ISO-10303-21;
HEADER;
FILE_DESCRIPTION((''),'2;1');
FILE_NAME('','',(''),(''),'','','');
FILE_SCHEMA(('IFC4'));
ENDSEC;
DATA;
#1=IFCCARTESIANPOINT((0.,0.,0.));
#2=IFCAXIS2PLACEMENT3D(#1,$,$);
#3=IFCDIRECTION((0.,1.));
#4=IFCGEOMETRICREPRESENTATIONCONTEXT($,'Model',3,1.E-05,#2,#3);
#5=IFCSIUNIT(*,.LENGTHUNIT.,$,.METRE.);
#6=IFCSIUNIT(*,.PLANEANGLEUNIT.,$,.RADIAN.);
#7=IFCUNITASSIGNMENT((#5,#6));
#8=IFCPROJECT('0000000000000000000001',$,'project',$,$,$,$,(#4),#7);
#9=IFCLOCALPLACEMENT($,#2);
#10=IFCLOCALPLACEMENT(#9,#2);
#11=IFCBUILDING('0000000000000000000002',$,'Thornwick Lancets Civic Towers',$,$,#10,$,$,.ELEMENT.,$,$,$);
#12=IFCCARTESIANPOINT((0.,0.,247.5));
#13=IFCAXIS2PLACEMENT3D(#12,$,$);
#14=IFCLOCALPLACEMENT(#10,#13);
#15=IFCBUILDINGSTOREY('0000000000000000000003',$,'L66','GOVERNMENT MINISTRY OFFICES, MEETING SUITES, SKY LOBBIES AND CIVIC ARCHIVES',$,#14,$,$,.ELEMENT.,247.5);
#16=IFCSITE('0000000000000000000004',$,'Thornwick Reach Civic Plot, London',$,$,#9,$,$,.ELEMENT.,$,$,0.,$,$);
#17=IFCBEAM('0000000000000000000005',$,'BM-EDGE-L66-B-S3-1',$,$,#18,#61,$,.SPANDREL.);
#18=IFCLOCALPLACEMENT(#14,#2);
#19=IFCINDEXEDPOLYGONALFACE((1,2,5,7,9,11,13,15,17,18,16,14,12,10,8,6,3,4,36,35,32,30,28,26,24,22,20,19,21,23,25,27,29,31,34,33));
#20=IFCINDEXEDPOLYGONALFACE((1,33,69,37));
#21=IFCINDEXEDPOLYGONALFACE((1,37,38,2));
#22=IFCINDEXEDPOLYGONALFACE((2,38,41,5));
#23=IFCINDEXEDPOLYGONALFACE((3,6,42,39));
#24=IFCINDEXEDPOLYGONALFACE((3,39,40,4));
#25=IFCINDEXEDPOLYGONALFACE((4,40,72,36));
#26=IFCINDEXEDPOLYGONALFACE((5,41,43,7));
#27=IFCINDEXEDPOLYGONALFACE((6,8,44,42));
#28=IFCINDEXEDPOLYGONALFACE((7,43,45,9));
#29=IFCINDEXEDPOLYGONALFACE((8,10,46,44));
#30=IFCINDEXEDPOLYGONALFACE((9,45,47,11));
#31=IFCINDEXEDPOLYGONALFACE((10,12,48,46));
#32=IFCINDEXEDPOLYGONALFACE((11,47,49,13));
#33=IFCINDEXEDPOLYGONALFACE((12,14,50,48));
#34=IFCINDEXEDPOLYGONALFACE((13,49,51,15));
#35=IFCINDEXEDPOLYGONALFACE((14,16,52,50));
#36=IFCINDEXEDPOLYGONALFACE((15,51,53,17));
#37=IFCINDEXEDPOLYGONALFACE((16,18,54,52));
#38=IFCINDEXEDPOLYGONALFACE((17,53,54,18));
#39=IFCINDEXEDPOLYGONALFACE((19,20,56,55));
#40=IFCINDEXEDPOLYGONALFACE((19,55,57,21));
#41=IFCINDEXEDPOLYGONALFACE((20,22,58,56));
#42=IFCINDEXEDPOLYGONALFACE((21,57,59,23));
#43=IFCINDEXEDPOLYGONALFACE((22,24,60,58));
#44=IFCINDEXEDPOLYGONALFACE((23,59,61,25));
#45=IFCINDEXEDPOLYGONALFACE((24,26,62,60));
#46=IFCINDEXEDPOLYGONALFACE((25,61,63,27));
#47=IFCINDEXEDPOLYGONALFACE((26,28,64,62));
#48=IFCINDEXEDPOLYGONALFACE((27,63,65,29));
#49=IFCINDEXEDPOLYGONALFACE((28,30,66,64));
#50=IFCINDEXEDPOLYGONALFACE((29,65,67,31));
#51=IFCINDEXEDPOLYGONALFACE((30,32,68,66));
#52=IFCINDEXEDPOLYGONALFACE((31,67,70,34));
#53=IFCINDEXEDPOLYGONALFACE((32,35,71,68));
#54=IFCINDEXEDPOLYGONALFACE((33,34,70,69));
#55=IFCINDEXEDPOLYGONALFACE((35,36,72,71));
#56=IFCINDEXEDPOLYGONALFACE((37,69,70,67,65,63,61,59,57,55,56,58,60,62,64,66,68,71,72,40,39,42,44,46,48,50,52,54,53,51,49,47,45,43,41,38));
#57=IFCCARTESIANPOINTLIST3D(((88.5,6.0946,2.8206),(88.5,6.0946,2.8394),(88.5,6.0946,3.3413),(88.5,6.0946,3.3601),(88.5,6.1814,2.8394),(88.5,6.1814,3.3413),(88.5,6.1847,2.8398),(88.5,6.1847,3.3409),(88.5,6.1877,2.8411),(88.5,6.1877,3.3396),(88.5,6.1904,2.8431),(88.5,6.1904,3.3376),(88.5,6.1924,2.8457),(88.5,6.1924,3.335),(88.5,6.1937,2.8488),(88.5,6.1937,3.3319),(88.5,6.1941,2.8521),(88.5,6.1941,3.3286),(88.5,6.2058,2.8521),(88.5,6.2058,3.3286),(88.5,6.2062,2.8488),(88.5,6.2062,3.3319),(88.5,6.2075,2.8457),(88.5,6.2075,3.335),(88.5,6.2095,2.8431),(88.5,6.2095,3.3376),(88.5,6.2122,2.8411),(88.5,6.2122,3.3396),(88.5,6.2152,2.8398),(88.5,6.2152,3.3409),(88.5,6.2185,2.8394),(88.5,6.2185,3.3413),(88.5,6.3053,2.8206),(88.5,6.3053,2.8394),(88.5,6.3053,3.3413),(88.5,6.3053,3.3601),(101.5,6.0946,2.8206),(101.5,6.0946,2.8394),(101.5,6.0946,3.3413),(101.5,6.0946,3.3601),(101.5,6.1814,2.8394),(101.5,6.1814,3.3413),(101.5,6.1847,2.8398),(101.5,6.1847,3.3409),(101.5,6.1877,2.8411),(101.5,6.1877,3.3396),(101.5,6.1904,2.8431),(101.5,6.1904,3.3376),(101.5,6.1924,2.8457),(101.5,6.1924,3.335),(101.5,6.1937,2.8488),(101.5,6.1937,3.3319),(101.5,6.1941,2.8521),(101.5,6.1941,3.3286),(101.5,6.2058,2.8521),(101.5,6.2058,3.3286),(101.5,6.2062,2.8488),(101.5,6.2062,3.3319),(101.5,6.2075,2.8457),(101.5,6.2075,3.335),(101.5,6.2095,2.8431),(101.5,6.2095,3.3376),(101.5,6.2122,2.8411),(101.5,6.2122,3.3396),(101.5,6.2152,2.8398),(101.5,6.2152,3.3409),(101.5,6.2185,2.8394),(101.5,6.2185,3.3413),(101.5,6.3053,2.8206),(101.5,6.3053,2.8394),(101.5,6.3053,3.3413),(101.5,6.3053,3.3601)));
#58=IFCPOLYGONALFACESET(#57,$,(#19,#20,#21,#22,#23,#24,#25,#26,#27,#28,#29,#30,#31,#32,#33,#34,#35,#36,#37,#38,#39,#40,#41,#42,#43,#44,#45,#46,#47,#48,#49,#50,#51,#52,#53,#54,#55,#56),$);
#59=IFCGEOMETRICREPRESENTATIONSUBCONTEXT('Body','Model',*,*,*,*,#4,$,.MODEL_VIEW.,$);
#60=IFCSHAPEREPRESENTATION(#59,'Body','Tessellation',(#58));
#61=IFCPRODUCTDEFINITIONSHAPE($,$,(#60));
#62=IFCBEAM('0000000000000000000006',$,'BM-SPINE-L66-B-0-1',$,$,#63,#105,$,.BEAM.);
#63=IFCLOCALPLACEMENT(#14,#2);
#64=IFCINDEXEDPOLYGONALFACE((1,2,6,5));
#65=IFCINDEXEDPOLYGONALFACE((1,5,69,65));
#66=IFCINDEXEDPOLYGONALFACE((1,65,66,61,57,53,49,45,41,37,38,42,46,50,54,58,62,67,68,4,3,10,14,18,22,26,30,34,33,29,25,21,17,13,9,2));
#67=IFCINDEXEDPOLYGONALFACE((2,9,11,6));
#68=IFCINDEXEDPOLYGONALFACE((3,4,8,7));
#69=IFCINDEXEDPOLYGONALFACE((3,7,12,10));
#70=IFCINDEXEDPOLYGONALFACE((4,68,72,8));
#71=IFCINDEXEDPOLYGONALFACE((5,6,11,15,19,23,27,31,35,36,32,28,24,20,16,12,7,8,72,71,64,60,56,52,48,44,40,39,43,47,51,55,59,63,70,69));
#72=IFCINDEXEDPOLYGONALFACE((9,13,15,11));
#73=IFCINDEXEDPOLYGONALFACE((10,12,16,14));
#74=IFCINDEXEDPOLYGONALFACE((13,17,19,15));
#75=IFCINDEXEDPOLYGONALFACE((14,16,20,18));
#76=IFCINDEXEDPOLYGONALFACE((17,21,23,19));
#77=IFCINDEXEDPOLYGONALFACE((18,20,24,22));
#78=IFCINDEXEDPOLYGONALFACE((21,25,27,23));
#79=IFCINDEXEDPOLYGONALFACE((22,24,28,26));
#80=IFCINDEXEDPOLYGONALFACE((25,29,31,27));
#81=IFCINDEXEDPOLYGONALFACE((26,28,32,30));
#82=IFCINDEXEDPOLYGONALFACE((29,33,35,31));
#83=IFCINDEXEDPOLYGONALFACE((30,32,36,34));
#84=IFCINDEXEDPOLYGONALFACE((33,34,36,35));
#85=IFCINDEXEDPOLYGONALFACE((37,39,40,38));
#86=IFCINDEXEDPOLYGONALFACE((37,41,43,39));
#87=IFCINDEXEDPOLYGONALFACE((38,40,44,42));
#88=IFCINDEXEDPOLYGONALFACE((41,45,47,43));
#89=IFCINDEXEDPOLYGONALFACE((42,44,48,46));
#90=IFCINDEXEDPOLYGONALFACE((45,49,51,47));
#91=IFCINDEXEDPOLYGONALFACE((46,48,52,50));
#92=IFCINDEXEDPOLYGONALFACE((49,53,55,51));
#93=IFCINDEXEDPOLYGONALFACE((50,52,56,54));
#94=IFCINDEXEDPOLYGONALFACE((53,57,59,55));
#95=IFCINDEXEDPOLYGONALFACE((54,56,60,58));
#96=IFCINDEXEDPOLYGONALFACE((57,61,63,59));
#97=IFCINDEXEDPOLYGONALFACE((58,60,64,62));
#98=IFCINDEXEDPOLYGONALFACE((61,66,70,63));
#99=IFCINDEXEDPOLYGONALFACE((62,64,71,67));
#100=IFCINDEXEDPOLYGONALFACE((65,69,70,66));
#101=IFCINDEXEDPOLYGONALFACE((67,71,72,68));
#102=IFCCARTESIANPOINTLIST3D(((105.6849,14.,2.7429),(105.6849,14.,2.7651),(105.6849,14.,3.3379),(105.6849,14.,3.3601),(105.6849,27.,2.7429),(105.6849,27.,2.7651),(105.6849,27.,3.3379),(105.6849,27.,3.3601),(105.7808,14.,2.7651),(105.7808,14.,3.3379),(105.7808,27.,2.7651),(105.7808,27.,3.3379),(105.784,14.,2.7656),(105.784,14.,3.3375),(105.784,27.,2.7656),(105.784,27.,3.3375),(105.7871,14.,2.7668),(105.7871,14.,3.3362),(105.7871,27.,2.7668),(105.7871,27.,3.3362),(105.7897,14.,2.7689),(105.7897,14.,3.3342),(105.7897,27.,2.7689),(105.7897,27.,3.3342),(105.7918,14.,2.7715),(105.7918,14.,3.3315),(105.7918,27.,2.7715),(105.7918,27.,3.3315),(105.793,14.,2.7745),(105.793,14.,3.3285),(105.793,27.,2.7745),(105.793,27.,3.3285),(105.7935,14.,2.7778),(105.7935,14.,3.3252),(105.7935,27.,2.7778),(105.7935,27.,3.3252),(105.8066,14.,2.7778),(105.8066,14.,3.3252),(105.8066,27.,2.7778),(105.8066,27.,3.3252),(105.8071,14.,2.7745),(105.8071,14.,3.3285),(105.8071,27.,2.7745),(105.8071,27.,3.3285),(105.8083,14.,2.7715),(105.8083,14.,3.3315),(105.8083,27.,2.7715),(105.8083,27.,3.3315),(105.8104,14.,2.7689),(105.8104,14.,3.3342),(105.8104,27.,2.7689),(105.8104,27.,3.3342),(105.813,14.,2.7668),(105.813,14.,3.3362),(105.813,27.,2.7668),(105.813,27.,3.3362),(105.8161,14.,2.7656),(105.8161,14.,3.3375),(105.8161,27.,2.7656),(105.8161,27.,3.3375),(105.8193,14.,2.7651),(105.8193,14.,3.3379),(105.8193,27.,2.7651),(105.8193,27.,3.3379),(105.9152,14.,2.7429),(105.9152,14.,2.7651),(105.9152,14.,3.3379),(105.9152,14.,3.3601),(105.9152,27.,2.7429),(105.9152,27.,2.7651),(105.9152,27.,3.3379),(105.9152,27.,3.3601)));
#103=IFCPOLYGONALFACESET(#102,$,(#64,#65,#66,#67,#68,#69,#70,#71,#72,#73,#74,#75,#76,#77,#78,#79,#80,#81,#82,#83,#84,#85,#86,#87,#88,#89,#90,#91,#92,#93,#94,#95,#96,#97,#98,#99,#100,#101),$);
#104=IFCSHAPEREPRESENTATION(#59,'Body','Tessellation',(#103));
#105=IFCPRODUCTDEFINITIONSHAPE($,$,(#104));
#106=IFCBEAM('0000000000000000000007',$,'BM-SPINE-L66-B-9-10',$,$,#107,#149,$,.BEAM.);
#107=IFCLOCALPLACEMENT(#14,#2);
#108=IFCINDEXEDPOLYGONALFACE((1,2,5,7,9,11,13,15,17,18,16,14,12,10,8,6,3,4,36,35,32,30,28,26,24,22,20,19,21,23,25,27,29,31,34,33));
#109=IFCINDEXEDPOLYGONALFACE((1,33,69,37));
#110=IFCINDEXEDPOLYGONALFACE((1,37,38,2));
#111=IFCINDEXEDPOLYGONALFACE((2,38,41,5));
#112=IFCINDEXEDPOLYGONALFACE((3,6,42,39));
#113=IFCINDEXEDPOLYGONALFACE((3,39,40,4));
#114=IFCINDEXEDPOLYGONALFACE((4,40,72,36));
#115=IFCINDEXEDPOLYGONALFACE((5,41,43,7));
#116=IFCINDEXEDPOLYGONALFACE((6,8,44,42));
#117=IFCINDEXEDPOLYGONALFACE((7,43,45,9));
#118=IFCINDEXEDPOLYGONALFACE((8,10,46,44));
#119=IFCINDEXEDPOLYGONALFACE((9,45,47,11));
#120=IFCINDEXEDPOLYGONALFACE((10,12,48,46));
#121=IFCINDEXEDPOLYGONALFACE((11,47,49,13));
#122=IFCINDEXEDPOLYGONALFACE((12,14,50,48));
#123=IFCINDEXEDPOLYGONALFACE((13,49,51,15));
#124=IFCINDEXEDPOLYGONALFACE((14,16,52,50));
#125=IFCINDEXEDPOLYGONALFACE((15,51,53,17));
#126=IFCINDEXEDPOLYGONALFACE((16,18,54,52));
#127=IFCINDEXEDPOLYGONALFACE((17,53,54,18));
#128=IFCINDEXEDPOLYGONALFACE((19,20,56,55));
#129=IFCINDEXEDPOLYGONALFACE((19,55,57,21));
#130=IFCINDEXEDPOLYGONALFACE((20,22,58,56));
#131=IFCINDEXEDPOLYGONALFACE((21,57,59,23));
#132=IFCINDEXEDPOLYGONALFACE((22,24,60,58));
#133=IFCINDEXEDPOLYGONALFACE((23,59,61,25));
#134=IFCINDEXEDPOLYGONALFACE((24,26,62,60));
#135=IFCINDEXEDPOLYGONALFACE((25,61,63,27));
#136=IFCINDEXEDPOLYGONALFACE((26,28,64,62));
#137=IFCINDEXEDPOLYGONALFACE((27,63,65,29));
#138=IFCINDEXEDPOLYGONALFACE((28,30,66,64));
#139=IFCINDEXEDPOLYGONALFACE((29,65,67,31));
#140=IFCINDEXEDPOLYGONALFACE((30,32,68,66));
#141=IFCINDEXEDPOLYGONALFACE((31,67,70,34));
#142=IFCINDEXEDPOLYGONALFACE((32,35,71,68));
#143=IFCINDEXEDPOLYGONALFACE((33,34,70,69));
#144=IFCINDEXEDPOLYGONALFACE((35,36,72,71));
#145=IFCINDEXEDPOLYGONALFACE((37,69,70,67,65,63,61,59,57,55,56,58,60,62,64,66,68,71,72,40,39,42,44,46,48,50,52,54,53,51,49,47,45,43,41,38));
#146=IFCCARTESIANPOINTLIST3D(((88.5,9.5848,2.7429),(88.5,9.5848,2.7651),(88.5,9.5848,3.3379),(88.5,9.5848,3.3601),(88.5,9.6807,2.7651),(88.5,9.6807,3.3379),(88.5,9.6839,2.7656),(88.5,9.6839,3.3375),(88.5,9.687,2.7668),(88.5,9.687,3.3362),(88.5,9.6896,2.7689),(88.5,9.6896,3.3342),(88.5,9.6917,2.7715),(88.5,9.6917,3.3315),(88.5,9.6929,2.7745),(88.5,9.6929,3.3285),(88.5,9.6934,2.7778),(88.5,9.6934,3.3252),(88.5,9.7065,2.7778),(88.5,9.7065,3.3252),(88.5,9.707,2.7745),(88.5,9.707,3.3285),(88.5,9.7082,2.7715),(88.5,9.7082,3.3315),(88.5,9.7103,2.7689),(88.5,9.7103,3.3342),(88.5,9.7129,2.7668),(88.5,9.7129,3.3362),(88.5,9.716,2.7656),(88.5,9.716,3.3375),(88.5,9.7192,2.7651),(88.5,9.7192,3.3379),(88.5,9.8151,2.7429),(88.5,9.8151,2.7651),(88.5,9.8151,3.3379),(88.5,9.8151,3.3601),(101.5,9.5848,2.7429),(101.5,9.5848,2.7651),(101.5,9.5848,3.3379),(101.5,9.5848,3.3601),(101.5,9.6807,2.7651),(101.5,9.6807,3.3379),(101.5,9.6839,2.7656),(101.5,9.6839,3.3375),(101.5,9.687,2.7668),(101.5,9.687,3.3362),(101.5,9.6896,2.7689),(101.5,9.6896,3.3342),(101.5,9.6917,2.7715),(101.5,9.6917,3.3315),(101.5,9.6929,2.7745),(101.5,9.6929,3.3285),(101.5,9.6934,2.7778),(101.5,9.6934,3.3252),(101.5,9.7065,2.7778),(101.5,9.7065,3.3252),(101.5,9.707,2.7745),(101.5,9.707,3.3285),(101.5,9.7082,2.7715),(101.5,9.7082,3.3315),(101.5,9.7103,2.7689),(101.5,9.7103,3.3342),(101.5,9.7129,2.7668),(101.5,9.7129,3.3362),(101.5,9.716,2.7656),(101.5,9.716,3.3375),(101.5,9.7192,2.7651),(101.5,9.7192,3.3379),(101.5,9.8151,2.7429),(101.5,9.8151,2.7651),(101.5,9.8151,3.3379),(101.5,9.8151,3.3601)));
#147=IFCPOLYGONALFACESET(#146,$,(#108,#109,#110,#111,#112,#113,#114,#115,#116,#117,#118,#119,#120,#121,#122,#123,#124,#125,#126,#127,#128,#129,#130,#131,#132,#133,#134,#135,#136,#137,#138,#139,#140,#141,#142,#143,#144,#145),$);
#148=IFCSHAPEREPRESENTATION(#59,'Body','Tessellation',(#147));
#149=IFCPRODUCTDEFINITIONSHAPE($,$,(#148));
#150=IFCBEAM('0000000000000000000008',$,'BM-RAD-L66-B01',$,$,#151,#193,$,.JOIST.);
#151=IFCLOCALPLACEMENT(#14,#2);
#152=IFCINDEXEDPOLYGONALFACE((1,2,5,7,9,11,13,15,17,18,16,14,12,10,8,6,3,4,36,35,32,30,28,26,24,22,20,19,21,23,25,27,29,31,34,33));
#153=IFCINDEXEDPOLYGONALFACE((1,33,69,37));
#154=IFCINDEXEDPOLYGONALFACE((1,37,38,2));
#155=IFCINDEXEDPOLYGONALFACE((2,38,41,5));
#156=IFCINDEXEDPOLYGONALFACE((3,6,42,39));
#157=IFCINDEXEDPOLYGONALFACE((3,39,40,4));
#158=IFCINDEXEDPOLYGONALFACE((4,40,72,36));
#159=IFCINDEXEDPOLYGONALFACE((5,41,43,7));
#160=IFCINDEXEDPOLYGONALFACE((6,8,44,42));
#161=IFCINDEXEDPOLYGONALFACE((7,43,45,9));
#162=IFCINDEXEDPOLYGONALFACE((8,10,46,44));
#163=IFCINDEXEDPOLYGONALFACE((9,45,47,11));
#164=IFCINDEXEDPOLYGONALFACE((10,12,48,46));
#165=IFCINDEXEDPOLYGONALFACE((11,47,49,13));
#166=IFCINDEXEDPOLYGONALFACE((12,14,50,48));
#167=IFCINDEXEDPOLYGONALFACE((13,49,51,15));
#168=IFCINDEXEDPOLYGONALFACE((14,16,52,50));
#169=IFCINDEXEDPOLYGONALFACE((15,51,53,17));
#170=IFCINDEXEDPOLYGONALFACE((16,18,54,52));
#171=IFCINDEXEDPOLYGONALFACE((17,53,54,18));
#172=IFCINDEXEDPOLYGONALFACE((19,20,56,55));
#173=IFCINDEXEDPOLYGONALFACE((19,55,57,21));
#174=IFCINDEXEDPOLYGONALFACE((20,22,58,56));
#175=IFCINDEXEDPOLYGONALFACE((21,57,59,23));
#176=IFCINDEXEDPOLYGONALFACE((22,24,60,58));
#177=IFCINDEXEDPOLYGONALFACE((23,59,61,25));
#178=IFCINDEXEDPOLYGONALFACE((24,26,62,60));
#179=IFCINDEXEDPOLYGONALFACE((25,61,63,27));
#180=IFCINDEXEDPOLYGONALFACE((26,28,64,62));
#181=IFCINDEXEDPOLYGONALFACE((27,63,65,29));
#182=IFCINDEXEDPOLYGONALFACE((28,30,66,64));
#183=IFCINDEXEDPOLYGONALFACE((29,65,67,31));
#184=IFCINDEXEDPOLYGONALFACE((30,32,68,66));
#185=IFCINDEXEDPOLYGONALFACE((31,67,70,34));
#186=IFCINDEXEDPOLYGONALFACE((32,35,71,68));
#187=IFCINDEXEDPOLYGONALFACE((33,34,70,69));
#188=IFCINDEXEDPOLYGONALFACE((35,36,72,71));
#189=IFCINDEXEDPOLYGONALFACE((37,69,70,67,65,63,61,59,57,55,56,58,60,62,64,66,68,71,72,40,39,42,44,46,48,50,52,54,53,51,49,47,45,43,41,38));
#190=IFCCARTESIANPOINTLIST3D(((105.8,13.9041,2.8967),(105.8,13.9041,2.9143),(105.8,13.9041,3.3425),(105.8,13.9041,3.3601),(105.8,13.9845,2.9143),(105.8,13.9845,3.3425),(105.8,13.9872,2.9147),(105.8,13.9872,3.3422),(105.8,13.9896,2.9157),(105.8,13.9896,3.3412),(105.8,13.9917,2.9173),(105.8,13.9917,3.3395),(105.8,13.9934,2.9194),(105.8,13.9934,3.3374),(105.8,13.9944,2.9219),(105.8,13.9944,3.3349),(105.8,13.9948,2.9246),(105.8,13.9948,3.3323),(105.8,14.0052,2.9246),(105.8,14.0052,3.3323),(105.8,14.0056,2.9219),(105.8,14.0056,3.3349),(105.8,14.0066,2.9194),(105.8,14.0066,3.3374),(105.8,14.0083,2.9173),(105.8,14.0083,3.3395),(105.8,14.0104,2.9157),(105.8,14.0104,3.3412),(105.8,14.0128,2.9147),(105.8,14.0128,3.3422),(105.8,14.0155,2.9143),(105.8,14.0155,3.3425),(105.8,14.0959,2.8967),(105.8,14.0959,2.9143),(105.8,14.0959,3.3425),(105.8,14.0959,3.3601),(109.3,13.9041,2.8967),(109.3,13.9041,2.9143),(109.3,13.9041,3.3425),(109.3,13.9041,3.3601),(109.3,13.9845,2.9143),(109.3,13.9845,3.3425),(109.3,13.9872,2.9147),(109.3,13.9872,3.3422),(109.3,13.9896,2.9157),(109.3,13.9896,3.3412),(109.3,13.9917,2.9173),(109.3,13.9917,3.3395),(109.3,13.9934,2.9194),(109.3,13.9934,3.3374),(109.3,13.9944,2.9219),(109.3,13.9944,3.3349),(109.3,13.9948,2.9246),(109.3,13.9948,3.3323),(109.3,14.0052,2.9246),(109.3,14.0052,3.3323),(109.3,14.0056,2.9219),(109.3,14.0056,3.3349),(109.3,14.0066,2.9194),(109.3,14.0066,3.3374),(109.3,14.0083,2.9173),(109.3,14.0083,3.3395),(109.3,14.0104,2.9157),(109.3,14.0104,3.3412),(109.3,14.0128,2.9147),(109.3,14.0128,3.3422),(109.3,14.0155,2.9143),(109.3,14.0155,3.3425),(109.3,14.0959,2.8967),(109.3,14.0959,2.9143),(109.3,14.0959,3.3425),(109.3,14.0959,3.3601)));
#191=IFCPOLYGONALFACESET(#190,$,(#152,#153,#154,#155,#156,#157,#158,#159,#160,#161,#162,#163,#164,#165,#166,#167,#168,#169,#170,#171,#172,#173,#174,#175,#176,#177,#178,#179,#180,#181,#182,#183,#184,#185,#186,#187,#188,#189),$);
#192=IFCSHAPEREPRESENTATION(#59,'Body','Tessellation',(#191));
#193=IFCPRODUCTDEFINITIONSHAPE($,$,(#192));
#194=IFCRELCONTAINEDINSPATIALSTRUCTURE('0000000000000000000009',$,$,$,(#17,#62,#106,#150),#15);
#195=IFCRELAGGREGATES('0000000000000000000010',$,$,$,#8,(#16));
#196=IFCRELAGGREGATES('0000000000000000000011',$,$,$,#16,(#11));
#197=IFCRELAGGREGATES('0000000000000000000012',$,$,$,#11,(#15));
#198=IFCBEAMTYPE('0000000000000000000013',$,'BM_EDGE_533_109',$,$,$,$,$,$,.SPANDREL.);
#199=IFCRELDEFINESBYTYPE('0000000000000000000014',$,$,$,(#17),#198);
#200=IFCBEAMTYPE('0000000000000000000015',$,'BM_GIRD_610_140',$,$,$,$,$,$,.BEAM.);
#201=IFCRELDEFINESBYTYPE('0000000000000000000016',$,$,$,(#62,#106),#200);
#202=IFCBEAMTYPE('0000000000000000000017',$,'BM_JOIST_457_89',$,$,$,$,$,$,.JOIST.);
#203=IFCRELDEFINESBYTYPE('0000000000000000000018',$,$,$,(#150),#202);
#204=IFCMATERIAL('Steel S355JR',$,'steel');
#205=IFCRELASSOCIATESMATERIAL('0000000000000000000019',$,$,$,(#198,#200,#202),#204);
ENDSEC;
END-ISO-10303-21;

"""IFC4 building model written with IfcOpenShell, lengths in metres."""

from ifc_helpers import new_model, si_unit, direction, frame, origin, origin_2d, place, context, subcontext, project, spatial, i_section, extrude, material, material_profile, profile_set, type_object, element, save


model = new_model("IFC4")

# Units and contexts
model_context = context("Model", 3, precision=1e-05, world=origin(), true_north=direction((0.0, 1.0)))
body_context = subcontext(model_context, "Body", "Model", "MODEL_VIEW")
ifc_project = project(units=[si_unit("LENGTHUNIT", "METRE"), si_unit("PLANEANGLEUNIT", "RADIAN")], contexts=[model_context])

# Site, building, storey
site_placement = place(None, origin())
site = spatial("IfcSite", under=ifc_project, at=site_placement, Name="Thornwick Reach Civic Plot, London", CompositionType="ELEMENT", RefElevation=0.0)
building_placement = place(site_placement, origin())
building = spatial("IfcBuilding", under=site, at=building_placement, Name="Thornwick Lancets Civic Towers", CompositionType="ELEMENT")
storey_placement = place(building_placement, frame((0.0, 0.0, 247.5)))
storey = spatial("IfcBuildingStorey", under=building, at=storey_placement, Name="L66", Description="GOVERNMENT MINISTRY OFFICES, MEETING SUITES, SKY LOBBIES AND CIVIC ARCHIVES", CompositionType="ELEMENT", Elevation=247.5)

# Shared definitions
ifc_material_1 = material(Name="Steel S355JR", Category="steel")

# Beams
ifc_material_profile_1 = material_profile(ifc_material_1, i_section(OverallWidth=0.2107, OverallDepth=0.5396, WebThickness=0.0117, FlangeThickness=0.0188, FilletRadius=0.0127, at=origin_2d()), Name="UKB 533x210x109")
ifc_profile_set_1 = profile_set([ifc_material_profile_1], Name="Steel S355JR")
beam_type_1 = type_object("IfcBeamType", Name="BM_EDGE_533_109", PredefinedType="SPANDREL", material=ifc_profile_set_1)
for number, where, z_axis, x_axis, name in (
    (1, (101.5, 6.2, 3.0903), (-1.0, 0.0, 0.0), (0.0, -1.0, 0.0), "BM-EDGE-L66-B-S3-1"),
):
    element("IfcBeam", number, at=place(storey_placement, frame(where, z_axis=z_axis, x_axis=x_axis)), inside=storey, type_object=beam_type_1, Name=name, PredefinedType="SPANDREL", context=body_context, shape_type="SweptSolid", body=[
        extrude(i_section(OverallWidth=0.2107, OverallDepth=0.5396, WebThickness=0.0117, FlangeThickness=0.0188, FilletRadius=0.0127, at=origin_2d()), origin(), (0.0, 0.0, 1.0), 13.0),
    ])
ifc_material_profile_2 = material_profile(ifc_material_1, i_section(OverallWidth=0.2302, OverallDepth=0.6172, WebThickness=0.0132, FlangeThickness=0.0222, FilletRadius=0.0127, at=origin_2d()), Name="UKB 610x229x140")
ifc_profile_set_2 = profile_set([ifc_material_profile_2], Name="Steel S355JR")
beam_type_2 = type_object("IfcBeamType", Name="BM_GIRD_610_140", PredefinedType="BEAM", material=ifc_profile_set_2)
for number, where, z_axis, x_axis, name in (
    (2, (105.8, 14.0, 3.0515), (0.0, 1.0, 0.0), (-1.0, 0.0, 0.0), "BM-SPINE-L66-B-0-1"),
    (3, (101.5, 9.7, 3.0515), (-1.0, 0.0, 0.0), (0.0, -1.0, 0.0), "BM-SPINE-L66-B-9-10"),
):
    element("IfcBeam", number, at=place(storey_placement, frame(where, z_axis=z_axis, x_axis=x_axis)), inside=storey, type_object=beam_type_2, Name=name, PredefinedType="BEAM", context=body_context, shape_type="SweptSolid", body=[
        extrude(i_section(OverallWidth=0.2302, OverallDepth=0.6172, WebThickness=0.0132, FlangeThickness=0.0222, FilletRadius=0.0127, at=origin_2d()), origin(), (0.0, 0.0, 1.0), 13.0),
    ])
ifc_material_profile_3 = material_profile(ifc_material_1, i_section(OverallWidth=0.1919, OverallDepth=0.4634, WebThickness=0.0105, FlangeThickness=0.0176, FilletRadius=0.0103, at=origin_2d()), Name="UKB 457x191x89")
ifc_profile_set_3 = profile_set([ifc_material_profile_3], Name="Steel S355JR")
beam_type_3 = type_object("IfcBeamType", Name="BM_JOIST_457_89", PredefinedType="JOIST", material=ifc_profile_set_3)
for number, where, z_axis, x_axis, name in (
    (4, (105.8, 14.0, 3.1284), (1.0, 0.0, 0.0), (0.0, 1.0, 0.0), "BM-RAD-L66-B01"),
):
    element("IfcBeam", number, at=place(storey_placement, frame(where, z_axis=z_axis, x_axis=x_axis)), inside=storey, type_object=beam_type_3, Name=name, PredefinedType="JOIST", context=body_context, shape_type="SweptSolid", body=[
        extrude(i_section(OverallWidth=0.1919, OverallDepth=0.4634, WebThickness=0.0105, FlangeThickness=0.0176, FilletRadius=0.0103, at=origin_2d()), origin(), (0.0, 0.0, 1.0), 3.5),
    ])

save(model, "model.ifc")
